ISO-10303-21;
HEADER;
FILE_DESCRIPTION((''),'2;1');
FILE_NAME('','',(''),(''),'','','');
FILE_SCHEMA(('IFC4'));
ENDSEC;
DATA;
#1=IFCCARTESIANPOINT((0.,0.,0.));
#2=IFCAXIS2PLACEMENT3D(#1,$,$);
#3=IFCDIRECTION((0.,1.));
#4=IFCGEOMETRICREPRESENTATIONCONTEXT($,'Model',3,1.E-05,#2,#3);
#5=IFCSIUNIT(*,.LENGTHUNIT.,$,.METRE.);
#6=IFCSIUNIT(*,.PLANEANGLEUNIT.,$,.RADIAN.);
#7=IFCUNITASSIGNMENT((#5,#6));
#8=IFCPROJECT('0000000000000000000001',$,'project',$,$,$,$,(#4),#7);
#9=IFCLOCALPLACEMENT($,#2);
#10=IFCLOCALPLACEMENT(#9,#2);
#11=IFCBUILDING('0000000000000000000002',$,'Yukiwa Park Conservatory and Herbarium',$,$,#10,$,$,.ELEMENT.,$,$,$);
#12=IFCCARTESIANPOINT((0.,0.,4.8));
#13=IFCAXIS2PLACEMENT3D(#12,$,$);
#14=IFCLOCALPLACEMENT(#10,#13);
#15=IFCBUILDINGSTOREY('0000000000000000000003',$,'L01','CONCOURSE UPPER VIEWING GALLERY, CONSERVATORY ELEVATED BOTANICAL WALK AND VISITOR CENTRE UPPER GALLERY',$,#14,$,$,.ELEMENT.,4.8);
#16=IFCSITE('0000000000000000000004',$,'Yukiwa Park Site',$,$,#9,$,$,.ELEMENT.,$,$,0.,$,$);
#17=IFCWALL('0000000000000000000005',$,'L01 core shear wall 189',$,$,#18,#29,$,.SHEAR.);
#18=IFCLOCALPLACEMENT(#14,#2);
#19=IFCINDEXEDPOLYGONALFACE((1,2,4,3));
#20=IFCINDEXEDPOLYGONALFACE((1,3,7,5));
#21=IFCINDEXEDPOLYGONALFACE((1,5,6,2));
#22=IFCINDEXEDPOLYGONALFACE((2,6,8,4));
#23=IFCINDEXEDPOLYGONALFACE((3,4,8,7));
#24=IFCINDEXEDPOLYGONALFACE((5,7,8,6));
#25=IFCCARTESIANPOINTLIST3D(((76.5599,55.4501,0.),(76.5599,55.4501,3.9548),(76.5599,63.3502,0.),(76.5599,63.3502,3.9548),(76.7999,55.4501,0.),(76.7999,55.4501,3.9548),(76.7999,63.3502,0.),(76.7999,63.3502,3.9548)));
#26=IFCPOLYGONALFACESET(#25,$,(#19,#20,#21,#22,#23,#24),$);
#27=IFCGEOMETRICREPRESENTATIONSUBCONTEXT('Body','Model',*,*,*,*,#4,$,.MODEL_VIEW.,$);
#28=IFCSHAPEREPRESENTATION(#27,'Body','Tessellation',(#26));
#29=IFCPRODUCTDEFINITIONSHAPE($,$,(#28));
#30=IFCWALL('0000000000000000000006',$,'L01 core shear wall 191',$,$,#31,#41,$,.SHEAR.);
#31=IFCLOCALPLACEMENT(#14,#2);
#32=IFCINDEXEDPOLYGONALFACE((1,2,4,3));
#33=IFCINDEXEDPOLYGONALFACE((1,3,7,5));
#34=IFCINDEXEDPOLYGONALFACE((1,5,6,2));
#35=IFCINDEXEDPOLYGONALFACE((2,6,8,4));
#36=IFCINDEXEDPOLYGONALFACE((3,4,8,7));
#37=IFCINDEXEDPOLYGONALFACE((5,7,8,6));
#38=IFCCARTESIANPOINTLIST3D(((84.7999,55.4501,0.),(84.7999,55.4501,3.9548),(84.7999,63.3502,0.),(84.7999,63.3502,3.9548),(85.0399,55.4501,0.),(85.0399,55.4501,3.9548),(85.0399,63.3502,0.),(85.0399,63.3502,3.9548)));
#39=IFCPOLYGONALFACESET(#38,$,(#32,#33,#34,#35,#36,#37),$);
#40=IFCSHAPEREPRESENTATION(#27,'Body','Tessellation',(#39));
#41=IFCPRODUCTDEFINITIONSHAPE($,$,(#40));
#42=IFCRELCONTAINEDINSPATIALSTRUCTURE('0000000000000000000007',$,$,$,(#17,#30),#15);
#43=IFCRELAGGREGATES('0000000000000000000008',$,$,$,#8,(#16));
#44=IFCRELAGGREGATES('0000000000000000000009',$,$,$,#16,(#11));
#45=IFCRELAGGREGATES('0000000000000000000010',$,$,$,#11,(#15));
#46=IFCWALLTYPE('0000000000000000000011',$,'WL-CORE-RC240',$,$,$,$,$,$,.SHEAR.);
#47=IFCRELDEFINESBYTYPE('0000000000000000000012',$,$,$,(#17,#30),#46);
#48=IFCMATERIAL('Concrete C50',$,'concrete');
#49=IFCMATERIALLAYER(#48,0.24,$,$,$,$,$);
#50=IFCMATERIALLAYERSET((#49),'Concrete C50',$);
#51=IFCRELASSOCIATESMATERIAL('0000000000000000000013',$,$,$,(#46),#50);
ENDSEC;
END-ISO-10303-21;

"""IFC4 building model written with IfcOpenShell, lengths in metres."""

from ifc_helpers import new_model, si_unit, direction, frame, frame_2d, origin, place, context, subcontext, project, spatial, rectangle, extrude, material, layer, layer_set, type_object, element, save


model = new_model("IFC4")

# Units and contexts
model_context = context("Model", 3, precision=1e-05, world=origin(), true_north=direction((0.0, 1.0)))
body_context = subcontext(model_context, "Body", "Model", "MODEL_VIEW")
ifc_project = project(units=[si_unit("LENGTHUNIT", "METRE"), si_unit("PLANEANGLEUNIT", "RADIAN")], contexts=[model_context])

# Site, building, storey
site_placement = place(None, origin())
site = spatial("IfcSite", under=ifc_project, at=site_placement, Name="Yukiwa Park Site", CompositionType="ELEMENT", RefElevation=0.0)
building_placement = place(site_placement, origin())
building = spatial("IfcBuilding", under=site, at=building_placement, Name="Yukiwa Park Conservatory and Herbarium", CompositionType="ELEMENT")
storey_placement = place(building_placement, frame((0.0, 0.0, 4.8)))
storey = spatial("IfcBuildingStorey", under=building, at=storey_placement, Name="L01", Description="CONCOURSE UPPER VIEWING GALLERY, CONSERVATORY ELEVATED BOTANICAL WALK AND VISITOR CENTRE UPPER GALLERY", CompositionType="ELEMENT", Elevation=4.8)

# Shared definitions
ifc_material_1 = material(Name="Concrete C50", Category="concrete")
ifc_layer_1 = layer(ifc_material_1, 0.24)
ifc_layer_set_1 = layer_set([ifc_layer_1], Name="Concrete C50")
wall_type_1 = type_object("IfcWallType", Name="WL-CORE-RC240", PredefinedType="SHEAR", material=ifc_layer_set_1)

# Walls
for number, where, z_axis, x_axis, name in (
    (1, (76.6799, 55.45, 0.0), (0.0, 0.0, 1.0), (0.0, 1.0, 0.0), "L01 core shear wall 189"),
    (2, (84.9199, 55.45, 0.0), (0.0, 0.0, 1.0), (0.0, 1.0, 0.0), "L01 core shear wall 191"),
):
    element("IfcWall", number, at=place(storey_placement, frame(where, z_axis=z_axis, x_axis=x_axis)), inside=storey, type_object=wall_type_1, Name=name, PredefinedType="SHEAR", context=body_context, shape_type="SweptSolid", body=[
        extrude(rectangle(XDim=7.9001, YDim=0.24, at=frame_2d((3.9502, 0.0))), origin(), (0.0, 0.0, 1.0), 3.9548),
    ])

save(model, "model.ifc")
